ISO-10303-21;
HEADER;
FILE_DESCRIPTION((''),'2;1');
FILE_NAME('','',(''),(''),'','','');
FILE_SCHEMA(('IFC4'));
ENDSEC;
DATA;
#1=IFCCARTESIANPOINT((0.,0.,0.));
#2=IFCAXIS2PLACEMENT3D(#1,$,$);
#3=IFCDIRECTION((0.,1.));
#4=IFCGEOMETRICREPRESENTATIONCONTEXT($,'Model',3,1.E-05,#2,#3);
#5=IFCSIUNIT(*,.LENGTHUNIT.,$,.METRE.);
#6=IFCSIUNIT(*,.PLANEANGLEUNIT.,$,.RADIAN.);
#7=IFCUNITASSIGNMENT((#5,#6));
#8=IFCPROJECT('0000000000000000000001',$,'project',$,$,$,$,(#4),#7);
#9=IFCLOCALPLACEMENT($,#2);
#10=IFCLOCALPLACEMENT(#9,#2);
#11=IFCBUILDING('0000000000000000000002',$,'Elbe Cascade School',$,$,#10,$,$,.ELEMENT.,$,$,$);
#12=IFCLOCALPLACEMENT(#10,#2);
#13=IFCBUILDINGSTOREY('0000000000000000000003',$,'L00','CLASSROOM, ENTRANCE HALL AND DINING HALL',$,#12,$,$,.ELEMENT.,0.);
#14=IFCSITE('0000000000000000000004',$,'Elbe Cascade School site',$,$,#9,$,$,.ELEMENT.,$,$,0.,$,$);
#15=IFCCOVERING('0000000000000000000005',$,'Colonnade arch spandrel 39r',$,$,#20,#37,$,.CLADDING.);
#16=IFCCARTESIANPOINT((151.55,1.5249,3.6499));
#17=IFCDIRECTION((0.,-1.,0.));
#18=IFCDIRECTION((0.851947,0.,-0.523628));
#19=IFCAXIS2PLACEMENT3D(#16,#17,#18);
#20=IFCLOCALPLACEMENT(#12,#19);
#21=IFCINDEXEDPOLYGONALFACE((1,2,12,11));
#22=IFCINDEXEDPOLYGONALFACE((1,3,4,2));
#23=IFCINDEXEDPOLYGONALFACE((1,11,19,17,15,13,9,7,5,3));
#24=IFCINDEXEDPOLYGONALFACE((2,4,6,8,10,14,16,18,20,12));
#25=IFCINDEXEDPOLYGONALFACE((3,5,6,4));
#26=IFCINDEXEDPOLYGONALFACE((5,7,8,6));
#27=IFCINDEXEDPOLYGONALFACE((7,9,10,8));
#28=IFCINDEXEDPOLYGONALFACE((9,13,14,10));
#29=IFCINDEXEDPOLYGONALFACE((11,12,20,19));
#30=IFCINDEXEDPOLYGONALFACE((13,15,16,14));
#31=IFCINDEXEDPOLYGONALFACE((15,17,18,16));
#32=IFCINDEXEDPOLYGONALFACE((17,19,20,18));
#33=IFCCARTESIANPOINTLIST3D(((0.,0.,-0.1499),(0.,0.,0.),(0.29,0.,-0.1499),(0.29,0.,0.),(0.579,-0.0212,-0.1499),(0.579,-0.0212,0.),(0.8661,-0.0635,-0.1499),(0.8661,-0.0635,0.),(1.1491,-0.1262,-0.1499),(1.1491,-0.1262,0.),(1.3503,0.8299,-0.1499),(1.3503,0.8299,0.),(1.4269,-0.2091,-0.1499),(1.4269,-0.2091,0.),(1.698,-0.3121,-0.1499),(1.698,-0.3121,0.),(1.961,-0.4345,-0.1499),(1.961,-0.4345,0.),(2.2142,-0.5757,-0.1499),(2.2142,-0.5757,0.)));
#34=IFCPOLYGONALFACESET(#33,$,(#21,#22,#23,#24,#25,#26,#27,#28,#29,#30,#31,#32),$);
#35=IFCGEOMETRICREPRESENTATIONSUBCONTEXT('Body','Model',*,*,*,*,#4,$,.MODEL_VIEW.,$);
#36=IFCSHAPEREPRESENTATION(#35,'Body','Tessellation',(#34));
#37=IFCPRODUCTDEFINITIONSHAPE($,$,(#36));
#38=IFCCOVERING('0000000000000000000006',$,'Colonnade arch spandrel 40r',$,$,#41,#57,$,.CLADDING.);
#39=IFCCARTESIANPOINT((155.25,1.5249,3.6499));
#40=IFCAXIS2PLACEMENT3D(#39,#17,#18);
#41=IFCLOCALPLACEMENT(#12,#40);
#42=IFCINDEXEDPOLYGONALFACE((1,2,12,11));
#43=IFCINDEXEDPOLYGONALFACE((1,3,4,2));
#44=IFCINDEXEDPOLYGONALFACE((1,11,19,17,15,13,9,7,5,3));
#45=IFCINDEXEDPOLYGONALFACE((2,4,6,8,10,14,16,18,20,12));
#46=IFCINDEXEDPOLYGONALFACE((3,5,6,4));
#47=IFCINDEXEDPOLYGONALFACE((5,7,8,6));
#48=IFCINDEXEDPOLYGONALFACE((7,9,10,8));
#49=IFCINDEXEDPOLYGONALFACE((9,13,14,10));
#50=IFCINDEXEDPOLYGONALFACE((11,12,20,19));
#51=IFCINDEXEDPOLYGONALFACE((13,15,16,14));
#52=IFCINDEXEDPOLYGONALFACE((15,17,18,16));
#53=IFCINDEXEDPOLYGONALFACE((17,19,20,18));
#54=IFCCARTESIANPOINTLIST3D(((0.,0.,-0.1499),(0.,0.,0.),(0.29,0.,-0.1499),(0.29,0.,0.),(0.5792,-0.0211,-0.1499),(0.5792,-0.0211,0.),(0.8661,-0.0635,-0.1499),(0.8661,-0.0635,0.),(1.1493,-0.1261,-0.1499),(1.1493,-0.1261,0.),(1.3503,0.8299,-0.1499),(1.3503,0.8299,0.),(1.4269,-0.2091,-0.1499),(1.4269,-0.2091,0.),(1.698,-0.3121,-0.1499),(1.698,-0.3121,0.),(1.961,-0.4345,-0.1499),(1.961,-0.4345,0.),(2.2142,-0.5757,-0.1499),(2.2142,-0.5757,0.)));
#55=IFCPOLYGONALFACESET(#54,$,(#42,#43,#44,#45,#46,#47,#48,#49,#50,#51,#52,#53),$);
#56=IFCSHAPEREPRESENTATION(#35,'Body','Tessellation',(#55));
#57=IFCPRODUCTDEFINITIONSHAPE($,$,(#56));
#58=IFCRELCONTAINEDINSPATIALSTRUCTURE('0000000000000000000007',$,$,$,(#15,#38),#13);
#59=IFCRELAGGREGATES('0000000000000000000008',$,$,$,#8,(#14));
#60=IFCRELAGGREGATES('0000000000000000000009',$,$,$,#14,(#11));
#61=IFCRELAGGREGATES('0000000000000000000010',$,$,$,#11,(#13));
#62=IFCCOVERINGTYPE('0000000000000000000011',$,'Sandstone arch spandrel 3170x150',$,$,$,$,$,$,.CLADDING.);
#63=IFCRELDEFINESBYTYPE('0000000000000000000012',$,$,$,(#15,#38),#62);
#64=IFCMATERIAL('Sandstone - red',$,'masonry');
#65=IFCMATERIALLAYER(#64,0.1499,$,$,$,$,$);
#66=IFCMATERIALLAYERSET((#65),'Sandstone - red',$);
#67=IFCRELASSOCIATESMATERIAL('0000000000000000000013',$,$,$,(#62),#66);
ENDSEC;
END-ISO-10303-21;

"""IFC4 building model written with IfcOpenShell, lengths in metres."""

from ifc_helpers import new_model, si_unit, direction, frame, origin, place, context, subcontext, project, spatial, polyline, outline, extrude, material, layer, layer_set, type_object, element, save


model = new_model("IFC4")

# Units and contexts
model_context = context("Model", 3, precision=1e-05, world=origin(), true_north=direction((0.0, 1.0)))
body_context = subcontext(model_context, "Body", "Model", "MODEL_VIEW")
ifc_project = project(units=[si_unit("LENGTHUNIT", "METRE"), si_unit("PLANEANGLEUNIT", "RADIAN")], contexts=[model_context])

# Site, building, storey
site_placement = place(None, origin())
site = spatial("IfcSite", under=ifc_project, at=site_placement, Name="Elbe Cascade School site", CompositionType="ELEMENT", RefElevation=0.0)
building_placement = place(site_placement, origin())
building = spatial("IfcBuilding", under=site, at=building_placement, Name="Elbe Cascade School", CompositionType="ELEMENT")
storey_placement = place(building_placement, origin())
storey = spatial("IfcBuildingStorey", under=building, at=storey_placement, Name="L00", Description="CLASSROOM, ENTRANCE HALL AND DINING HALL", CompositionType="ELEMENT", Elevation=0.0)

# Coverings
ifc_material_1 = material(Name="Sandstone - red", Category="masonry")
ifc_layer_1 = layer(ifc_material_1, 0.1499)
ifc_layer_set_1 = layer_set([ifc_layer_1], Name="Sandstone - red")
covering_type = type_object("IfcCoveringType", Name="Sandstone arch spandrel 3170x150", PredefinedType="CLADDING", material=ifc_layer_set_1)
covering_1_placement = place(storey_placement, frame((151.55, 1.5249, 3.6499), z_axis=(0.0, -1.0, 0.0), x_axis=(0.851947, 0.0, -0.523628)))
element("IfcCovering", 1, at=covering_1_placement, inside=storey, type_object=covering_type, Name="Colonnade arch spandrel 39r", PredefinedType="CLADDING", context=body_context, shape_type="SweptSolid", body=[
    extrude(outline(polyline([(0.0, 0.0), (0.29, 0.0), (0.579, -0.0212), (0.8661, -0.0635), (1.1491, -0.1262), (1.4269, -0.2091), (1.698, -0.3121), (1.961, -0.4345), (2.2142, -0.5757), (1.3503, 0.8299), (0.0, 0.0)])), origin(), (0.0, 0.0, -1.0), 0.1499),
])
covering_2_placement = place(storey_placement, frame((155.25, 1.5249, 3.6499), z_axis=(0.0, -1.0, 0.0), x_axis=(0.851947, 0.0, -0.523628)))
element("IfcCovering", 2, at=covering_2_placement, inside=storey, type_object=covering_type, Name="Colonnade arch spandrel 40r", PredefinedType="CLADDING", context=body_context, shape_type="SweptSolid", body=[
    extrude(outline(polyline([(0.0, 0.0), (0.29, 0.0), (0.5792, -0.0211), (0.8661, -0.0635), (1.1493, -0.1261), (1.4269, -0.2091), (1.698, -0.3121), (1.961, -0.4345), (2.2142, -0.5757), (1.3503, 0.8299), (0.0, 0.0)])), origin(), (0.0, 0.0, -1.0), 0.1499),
])

save(model, "model.ifc")
